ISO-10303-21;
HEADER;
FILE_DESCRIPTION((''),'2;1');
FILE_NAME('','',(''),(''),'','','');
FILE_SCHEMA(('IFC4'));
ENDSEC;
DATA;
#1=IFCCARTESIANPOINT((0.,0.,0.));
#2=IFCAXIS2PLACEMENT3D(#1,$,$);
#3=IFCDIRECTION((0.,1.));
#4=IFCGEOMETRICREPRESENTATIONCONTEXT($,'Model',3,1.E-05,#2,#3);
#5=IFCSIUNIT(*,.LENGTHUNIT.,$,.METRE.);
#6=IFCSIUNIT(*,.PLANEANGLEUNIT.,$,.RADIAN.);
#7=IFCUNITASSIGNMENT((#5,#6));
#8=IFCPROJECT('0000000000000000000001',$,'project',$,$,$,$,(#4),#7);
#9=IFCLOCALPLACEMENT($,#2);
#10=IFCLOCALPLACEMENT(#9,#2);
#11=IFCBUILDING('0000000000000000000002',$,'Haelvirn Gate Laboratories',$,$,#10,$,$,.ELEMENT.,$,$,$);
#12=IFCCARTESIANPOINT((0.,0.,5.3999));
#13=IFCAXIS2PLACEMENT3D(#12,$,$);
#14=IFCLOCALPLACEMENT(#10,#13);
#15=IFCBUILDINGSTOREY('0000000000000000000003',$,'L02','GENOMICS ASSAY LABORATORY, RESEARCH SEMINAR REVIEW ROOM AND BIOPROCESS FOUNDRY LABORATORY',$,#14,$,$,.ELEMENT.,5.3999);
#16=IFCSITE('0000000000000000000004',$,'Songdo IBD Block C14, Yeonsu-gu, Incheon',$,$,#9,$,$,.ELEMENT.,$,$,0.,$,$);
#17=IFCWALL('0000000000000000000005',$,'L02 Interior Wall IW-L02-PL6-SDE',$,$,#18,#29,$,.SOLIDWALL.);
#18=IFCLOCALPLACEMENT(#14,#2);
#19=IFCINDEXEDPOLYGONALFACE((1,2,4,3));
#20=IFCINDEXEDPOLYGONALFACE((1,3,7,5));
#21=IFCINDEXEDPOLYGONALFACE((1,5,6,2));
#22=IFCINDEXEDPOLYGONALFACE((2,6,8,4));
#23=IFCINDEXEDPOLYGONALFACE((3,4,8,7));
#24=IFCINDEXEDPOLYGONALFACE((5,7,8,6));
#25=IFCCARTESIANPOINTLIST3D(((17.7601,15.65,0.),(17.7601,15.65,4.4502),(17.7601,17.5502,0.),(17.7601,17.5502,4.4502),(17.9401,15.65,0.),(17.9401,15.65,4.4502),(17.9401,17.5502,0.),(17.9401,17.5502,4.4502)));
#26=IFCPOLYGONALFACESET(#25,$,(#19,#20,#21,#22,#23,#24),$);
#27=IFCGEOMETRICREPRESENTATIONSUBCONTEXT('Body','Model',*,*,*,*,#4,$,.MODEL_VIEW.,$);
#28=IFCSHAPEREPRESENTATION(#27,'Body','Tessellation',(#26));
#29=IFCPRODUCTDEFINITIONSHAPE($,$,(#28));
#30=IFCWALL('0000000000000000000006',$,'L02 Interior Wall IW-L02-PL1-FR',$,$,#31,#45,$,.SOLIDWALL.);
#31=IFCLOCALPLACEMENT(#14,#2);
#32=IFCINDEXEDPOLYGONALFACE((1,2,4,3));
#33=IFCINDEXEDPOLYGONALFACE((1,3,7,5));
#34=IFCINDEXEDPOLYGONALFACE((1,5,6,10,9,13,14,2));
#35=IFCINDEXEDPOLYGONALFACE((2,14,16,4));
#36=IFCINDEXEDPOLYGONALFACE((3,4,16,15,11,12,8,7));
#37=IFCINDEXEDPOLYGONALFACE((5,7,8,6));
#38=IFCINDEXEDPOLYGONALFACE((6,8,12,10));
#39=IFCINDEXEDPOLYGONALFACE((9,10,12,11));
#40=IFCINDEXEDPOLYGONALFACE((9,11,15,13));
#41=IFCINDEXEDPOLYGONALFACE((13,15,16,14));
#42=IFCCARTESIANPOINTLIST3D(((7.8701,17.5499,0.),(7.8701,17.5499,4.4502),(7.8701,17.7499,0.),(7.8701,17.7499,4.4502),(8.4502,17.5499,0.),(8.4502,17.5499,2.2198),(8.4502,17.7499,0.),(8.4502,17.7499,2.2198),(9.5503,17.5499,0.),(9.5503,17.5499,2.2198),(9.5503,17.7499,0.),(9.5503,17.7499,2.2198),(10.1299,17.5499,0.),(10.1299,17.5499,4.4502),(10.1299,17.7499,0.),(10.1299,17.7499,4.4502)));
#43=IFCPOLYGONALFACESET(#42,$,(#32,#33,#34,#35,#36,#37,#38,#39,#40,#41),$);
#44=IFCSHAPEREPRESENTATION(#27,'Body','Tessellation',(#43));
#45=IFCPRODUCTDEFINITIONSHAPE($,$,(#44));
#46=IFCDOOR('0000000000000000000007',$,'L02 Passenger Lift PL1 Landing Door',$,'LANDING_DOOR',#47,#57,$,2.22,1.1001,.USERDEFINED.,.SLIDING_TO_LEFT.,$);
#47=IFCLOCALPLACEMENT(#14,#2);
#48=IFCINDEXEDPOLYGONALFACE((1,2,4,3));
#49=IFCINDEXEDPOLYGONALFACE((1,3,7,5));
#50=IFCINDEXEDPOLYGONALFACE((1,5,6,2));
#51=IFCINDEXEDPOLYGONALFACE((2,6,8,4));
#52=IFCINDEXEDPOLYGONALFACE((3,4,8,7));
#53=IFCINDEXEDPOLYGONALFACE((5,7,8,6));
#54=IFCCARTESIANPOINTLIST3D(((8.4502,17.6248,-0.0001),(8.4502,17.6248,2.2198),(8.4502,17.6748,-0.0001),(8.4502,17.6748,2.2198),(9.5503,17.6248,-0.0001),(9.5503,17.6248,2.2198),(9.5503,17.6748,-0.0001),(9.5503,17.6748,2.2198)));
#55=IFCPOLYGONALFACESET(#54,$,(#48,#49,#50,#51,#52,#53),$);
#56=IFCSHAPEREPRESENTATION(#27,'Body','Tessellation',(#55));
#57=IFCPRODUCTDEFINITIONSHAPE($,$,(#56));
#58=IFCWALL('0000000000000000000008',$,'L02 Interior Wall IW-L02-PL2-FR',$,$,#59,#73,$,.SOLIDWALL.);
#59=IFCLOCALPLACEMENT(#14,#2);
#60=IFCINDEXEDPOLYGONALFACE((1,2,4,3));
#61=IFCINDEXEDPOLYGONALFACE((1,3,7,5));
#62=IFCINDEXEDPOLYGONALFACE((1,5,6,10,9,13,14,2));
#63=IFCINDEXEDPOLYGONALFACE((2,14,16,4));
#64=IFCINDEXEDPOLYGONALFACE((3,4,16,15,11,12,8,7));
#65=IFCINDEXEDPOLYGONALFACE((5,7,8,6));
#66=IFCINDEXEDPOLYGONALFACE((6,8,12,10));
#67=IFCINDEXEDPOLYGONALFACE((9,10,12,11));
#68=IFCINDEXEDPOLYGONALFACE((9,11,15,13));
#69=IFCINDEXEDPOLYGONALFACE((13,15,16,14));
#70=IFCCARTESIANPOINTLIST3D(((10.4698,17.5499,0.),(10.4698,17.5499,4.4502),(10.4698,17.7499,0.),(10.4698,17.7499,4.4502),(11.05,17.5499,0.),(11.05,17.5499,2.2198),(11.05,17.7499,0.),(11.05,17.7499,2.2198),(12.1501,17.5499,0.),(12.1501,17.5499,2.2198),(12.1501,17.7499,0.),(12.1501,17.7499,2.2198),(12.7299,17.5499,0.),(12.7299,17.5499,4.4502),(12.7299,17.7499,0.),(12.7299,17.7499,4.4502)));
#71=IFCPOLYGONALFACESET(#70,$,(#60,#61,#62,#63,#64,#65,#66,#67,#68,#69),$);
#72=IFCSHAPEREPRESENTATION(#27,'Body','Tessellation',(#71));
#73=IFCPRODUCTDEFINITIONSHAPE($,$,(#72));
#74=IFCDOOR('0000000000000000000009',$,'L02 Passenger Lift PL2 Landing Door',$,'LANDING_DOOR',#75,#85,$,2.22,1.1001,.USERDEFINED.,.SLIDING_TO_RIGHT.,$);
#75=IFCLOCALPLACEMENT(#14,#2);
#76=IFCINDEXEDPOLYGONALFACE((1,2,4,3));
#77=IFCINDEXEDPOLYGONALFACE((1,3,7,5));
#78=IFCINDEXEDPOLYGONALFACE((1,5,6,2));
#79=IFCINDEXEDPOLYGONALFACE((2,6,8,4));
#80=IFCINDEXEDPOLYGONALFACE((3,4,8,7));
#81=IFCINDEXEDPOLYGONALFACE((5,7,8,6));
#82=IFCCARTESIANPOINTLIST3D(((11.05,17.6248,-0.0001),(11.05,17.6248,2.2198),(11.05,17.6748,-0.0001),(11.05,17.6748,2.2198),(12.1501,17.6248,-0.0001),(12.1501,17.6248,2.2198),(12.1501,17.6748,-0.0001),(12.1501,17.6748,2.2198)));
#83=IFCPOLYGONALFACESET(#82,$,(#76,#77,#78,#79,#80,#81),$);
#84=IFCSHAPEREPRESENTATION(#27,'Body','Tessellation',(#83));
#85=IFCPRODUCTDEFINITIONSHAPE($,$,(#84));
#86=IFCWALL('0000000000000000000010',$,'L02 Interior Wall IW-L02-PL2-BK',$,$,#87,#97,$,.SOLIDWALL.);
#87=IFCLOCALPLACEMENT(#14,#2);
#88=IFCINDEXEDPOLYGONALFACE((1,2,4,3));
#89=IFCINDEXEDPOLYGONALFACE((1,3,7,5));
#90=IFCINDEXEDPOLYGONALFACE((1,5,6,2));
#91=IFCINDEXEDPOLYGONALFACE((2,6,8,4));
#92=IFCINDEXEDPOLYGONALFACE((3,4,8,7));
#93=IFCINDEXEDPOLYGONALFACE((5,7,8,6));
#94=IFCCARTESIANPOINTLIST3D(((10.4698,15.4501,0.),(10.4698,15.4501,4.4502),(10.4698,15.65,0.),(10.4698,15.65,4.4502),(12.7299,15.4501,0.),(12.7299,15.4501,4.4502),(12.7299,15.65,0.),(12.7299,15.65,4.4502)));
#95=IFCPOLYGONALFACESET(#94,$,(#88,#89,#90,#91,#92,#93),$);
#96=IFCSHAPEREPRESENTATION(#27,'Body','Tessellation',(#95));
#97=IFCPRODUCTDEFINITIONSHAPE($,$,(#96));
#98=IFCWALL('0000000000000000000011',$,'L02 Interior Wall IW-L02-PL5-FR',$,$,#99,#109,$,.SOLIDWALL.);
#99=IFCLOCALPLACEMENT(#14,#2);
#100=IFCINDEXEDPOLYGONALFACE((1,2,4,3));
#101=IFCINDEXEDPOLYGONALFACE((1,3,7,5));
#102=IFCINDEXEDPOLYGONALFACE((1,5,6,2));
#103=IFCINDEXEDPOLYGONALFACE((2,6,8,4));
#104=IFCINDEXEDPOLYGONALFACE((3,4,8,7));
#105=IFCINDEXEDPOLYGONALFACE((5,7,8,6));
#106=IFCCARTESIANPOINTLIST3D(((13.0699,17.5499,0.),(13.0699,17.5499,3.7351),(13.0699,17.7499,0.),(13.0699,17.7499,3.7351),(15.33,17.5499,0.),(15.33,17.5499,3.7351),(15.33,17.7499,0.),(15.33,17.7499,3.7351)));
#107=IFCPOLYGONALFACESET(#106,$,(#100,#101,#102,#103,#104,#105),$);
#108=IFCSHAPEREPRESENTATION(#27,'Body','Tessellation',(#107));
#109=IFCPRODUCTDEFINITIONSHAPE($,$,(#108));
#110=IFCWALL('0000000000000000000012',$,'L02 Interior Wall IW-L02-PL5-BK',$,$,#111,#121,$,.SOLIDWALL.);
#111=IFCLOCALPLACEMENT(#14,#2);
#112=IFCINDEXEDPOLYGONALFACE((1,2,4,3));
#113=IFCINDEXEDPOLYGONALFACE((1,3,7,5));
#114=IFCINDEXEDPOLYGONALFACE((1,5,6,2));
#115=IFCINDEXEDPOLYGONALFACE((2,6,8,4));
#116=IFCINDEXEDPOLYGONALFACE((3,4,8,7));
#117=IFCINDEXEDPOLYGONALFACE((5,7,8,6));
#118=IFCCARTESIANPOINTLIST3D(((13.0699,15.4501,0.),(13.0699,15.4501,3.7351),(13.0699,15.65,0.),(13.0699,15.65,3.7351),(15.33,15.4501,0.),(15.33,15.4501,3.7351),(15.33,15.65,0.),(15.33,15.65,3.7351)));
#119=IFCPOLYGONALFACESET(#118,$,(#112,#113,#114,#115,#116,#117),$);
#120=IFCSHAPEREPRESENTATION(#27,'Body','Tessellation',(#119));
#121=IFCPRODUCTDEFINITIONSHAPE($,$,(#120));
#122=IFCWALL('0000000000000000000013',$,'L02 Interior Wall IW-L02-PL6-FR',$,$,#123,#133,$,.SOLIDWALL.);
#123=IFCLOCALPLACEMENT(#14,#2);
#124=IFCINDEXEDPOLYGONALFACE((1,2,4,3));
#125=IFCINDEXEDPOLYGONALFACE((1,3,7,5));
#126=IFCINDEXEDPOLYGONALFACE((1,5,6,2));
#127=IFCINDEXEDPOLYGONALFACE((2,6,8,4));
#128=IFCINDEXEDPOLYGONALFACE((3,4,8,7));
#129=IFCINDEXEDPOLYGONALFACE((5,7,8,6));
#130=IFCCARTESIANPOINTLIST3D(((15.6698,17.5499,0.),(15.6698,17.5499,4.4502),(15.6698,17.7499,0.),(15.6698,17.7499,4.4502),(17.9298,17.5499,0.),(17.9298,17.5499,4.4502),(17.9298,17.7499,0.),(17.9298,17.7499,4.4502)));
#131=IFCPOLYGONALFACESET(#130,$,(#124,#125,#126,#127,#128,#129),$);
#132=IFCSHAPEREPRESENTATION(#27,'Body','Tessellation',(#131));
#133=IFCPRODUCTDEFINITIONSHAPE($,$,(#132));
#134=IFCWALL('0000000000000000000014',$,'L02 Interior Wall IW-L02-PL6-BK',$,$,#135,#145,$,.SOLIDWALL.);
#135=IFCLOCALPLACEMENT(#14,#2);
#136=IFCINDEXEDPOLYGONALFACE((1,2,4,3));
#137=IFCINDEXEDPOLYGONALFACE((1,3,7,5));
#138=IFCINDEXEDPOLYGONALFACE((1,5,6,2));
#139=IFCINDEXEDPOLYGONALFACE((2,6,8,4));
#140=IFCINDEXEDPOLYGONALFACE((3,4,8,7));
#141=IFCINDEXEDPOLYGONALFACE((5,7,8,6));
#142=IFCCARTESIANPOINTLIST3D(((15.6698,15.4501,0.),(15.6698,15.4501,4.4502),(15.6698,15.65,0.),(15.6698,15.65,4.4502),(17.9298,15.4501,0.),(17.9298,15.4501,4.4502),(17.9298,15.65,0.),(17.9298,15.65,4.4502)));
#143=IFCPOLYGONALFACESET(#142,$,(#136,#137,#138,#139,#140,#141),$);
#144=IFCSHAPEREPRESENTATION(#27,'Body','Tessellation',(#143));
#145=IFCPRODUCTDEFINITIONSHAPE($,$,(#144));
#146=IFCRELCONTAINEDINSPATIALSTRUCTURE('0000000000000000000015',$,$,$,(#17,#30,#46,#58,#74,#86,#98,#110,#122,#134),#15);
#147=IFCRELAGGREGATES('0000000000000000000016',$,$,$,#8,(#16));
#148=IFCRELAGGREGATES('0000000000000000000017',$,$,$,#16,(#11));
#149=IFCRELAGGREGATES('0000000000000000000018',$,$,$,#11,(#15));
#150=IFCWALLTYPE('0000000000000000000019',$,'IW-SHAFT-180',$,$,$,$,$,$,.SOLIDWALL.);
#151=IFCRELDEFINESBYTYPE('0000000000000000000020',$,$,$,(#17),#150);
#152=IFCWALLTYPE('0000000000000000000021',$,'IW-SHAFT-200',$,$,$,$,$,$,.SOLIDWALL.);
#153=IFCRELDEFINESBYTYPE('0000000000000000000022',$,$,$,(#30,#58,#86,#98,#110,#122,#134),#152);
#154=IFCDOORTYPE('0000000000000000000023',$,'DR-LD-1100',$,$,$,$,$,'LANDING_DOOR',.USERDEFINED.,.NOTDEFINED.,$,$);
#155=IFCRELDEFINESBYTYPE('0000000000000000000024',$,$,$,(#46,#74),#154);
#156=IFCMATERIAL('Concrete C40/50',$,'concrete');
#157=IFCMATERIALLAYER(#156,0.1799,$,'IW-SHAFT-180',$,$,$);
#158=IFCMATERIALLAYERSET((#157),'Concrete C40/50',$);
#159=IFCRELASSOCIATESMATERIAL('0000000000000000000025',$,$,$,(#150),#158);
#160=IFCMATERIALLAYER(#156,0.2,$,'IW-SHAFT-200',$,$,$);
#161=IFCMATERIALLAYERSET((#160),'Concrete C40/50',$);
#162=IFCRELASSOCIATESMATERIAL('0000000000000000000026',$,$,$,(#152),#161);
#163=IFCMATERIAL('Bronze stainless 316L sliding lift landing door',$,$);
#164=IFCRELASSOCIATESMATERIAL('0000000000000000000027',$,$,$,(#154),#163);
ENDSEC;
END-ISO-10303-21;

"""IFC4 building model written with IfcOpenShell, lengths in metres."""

from ifc_helpers import new_model, si_unit, direction, frame, frame_2d, origin, place, context, subcontext, project, spatial, rectangle, extrude, source, transform, mapped, material, layer, layer_set, type_object, type_shapes, element, fill, save


model = new_model("IFC4")

# Units and contexts
model_context = context("Model", 3, precision=1e-05, world=origin(), true_north=direction((0.0, 1.0)))
body_context = subcontext(model_context, "Body", "Model", "MODEL_VIEW")
ifc_project = project(units=[si_unit("LENGTHUNIT", "METRE"), si_unit("PLANEANGLEUNIT", "RADIAN")], contexts=[model_context])

# Site, building, storey
site_placement = place(None, origin())
site = spatial("IfcSite", under=ifc_project, at=site_placement, Name="Songdo IBD Block C14, Yeonsu-gu, Incheon", CompositionType="ELEMENT", RefElevation=0.0)
building_placement = place(site_placement, origin())
building = spatial("IfcBuilding", under=site, at=building_placement, Name="Haelvirn Gate Laboratories", CompositionType="ELEMENT")
storey_placement = place(building_placement, frame((0.0, 0.0, 5.3999)))
storey = spatial("IfcBuildingStorey", under=building, at=storey_placement, Name="L02", Description="GENOMICS ASSAY LABORATORY, RESEARCH SEMINAR REVIEW ROOM AND BIOPROCESS FOUNDRY LABORATORY", CompositionType="ELEMENT", Elevation=5.3999)

# Wall
ifc_material_1 = material(Name="Concrete C40/50", Category="concrete")
ifc_layer_1 = layer(ifc_material_1, 0.1799, Name="IW-SHAFT-180")
ifc_layer_set_1 = layer_set([ifc_layer_1], Name="Concrete C40/50")
wall_type_1 = type_object("IfcWallType", Name="IW-SHAFT-180", PredefinedType="SOLIDWALL", material=ifc_layer_set_1)
for number, where, z_axis, x_axis, name in (
    (1, (17.8501, 15.6499, 0.0), (0.0, 0.0, 1.0), (0.0, 1.0, 0.0), "L02 Interior Wall IW-L02-PL6-SDE"),
):
    element("IfcWall", number, at=place(storey_placement, frame(where, z_axis=z_axis, x_axis=x_axis)), inside=storey, type_object=wall_type_1, Name=name, PredefinedType="SOLIDWALL", context=body_context, shape_type="SweptSolid", body=[
        extrude(rectangle(XDim=1.9001, YDim=0.1799, at=frame_2d((0.9502, 0.0))), origin(), (0.0, 0.0, 1.0), 4.4502),
    ])

# Walls, openings, doors
ifc_layer_2 = layer(ifc_material_1, 0.2, Name="IW-SHAFT-200")
ifc_layer_set_2 = layer_set([ifc_layer_2], Name="Concrete C40/50")
wall_type_2 = type_object("IfcWallType", Name="IW-SHAFT-200", PredefinedType="SOLIDWALL", material=ifc_layer_set_2)
wall_1_placement = place(storey_placement, frame((7.8701, 17.6499, 0.0), z_axis=(0.0, 0.0, 1.0), x_axis=(1.0, 0.0, 0.0)))
wall_1 = element("IfcWall", 2, at=wall_1_placement, inside=storey, type_object=wall_type_2, Name="L02 Interior Wall IW-L02-PL1-FR", PredefinedType="SOLIDWALL", context=body_context, shape_type="SweptSolid", body=[
    extrude(rectangle(XDim=2.2598, YDim=0.2, at=frame_2d((1.1299, 0.0))), origin(), (0.0, 0.0, 1.0), 4.4502),
])
opening_1_placement = place(wall_1_placement, frame((0.5801, 0.0, 0.0)))
opening_1 = element("IfcOpeningElement", 3, at=opening_1_placement, cuts=wall_1, PredefinedType="OPENING", context=body_context, shape_type="SweptSolid", body=[
    extrude(rectangle(XDim=1.1001, YDim=2.22, at=frame_2d((0.55, 1.1099))), frame((0.0, 0.1099, 0.0), z_axis=(0.0, -1.0, 0.0), x_axis=(1.0, 0.0, 0.0)), (0.0, 0.0, 1.0), 0.22),
])
ifc_material_2 = material(Name="Bronze stainless 316L sliding lift landing door")
door_type_1 = type_object("IfcDoorType", Name="DR-LD-1100", ElementType="LANDING_DOOR", OperationType="NOTDEFINED", PredefinedType="USERDEFINED", material=ifc_material_2)
shared_shape_1 = source(origin(), body_context, "Body", "SweptSolid", [
    extrude(rectangle(XDim=1.1001, YDim=2.22, at=frame_2d((0.55, 1.1099))), frame((0.0, 0.0249, 0.0), z_axis=(0.0, -1.0, 0.0), x_axis=(1.0, 0.0, 0.0)), (0.0, 0.0, 1.0), 0.05),
])
type_shapes(door_type_1, [shared_shape_1])
door_1_placement = place(opening_1_placement, origin())
door_1 = element("IfcDoor", 4, at=door_1_placement, inside=storey, type_object=door_type_1, Name="L02 Passenger Lift PL1 Landing Door", ObjectType="LANDING_DOOR", OperationType="SLIDING_TO_LEFT", OverallHeight=2.22, OverallWidth=1.1001, PredefinedType="USERDEFINED", context=body_context, shape_type="MappedRepresentation", body=[
    mapped(shared_shape_1, transform((0.0, 0.0, 0.0), scale=1.0)),
])
fill(opening_1, door_1)
wall_2_placement = place(storey_placement, frame((10.47, 17.6499, 0.0), z_axis=(0.0, 0.0, 1.0), x_axis=(1.0, 0.0, 0.0)))
wall_2 = element("IfcWall", 5, at=wall_2_placement, inside=storey, type_object=wall_type_2, Name="L02 Interior Wall IW-L02-PL2-FR", PredefinedType="SOLIDWALL", context=body_context, shape_type="SweptSolid", body=[
    extrude(rectangle(XDim=2.26, YDim=0.2, at=frame_2d((1.1299, 0.0))), origin(), (0.0, 0.0, 1.0), 4.4502),
])
opening_2_placement = place(wall_2_placement, frame((0.5801, 0.0, 0.0)))
opening_2 = element("IfcOpeningElement", 6, at=opening_2_placement, cuts=wall_2, PredefinedType="OPENING", context=body_context, shape_type="SweptSolid", body=[
    extrude(rectangle(XDim=1.1001, YDim=2.22, at=frame_2d((0.55, 1.1099))), frame((0.0, 0.1099, 0.0), z_axis=(0.0, -1.0, 0.0), x_axis=(1.0, 0.0, 0.0)), (0.0, 0.0, 1.0), 0.22),
])
door_2_placement = place(opening_2_placement, origin())
door_2 = element("IfcDoor", 7, at=door_2_placement, inside=storey, type_object=door_type_1, Name="L02 Passenger Lift PL2 Landing Door", ObjectType="LANDING_DOOR", OperationType="SLIDING_TO_RIGHT", OverallHeight=2.22, OverallWidth=1.1001, PredefinedType="USERDEFINED", context=body_context, shape_type="MappedRepresentation", body=[
    mapped(shared_shape_1, transform((0.0, 0.0, 0.0), scale=1.0)),
])
fill(opening_2, door_2)

# Walls
wall_3_placement = place(storey_placement, frame((10.47, 15.55, 0.0), z_axis=(0.0, 0.0, 1.0), x_axis=(1.0, 0.0, 0.0)))
element("IfcWall", 8, at=wall_3_placement, inside=storey, type_object=wall_type_2, Name="L02 Interior Wall IW-L02-PL2-BK", PredefinedType="SOLIDWALL", context=body_context, shape_type="SweptSolid", body=[
    extrude(rectangle(XDim=2.26, YDim=0.2, at=frame_2d((1.1299, 0.0))), origin(), (0.0, 0.0, 1.0), 4.4502),
])
for number, where, z_axis, x_axis, name in (
    (9, (13.0701, 17.6499, 0.0), (0.0, 0.0, 1.0), (1.0, 0.0, 0.0), "L02 Interior Wall IW-L02-PL5-FR"),
    (10, (13.0701, 15.55, 0.0), (0.0, 0.0, 1.0), (1.0, 0.0, 0.0), "L02 Interior Wall IW-L02-PL5-BK"),
):
    element("IfcWall", number, at=place(storey_placement, frame(where, z_axis=z_axis, x_axis=x_axis)), inside=storey, type_object=wall_type_2, Name=name, PredefinedType="SOLIDWALL", context=body_context, shape_type="SweptSolid", body=[
        extrude(rectangle(XDim=2.26, YDim=0.2, at=frame_2d((1.1299, 0.0))), origin(), (0.0, 0.0, 1.0), 3.7351),
    ])
for number, where, z_axis, x_axis, name in (
    (11, (15.6699, 17.6499, 0.0), (0.0, 0.0, 1.0), (1.0, 0.0, 0.0), "L02 Interior Wall IW-L02-PL6-FR"),
    (12, (15.6699, 15.55, 0.0), (0.0, 0.0, 1.0), (1.0, 0.0, 0.0), "L02 Interior Wall IW-L02-PL6-BK"),
):
    element("IfcWall", number, at=place(storey_placement, frame(where, z_axis=z_axis, x_axis=x_axis)), inside=storey, type_object=wall_type_2, Name=name, PredefinedType="SOLIDWALL", context=body_context, shape_type="SweptSolid", body=[
        extrude(rectangle(XDim=2.26, YDim=0.2, at=frame_2d((1.1299, 0.0))), origin(), (0.0, 0.0, 1.0), 4.4502),
    ])

save(model, "model.ifc")
